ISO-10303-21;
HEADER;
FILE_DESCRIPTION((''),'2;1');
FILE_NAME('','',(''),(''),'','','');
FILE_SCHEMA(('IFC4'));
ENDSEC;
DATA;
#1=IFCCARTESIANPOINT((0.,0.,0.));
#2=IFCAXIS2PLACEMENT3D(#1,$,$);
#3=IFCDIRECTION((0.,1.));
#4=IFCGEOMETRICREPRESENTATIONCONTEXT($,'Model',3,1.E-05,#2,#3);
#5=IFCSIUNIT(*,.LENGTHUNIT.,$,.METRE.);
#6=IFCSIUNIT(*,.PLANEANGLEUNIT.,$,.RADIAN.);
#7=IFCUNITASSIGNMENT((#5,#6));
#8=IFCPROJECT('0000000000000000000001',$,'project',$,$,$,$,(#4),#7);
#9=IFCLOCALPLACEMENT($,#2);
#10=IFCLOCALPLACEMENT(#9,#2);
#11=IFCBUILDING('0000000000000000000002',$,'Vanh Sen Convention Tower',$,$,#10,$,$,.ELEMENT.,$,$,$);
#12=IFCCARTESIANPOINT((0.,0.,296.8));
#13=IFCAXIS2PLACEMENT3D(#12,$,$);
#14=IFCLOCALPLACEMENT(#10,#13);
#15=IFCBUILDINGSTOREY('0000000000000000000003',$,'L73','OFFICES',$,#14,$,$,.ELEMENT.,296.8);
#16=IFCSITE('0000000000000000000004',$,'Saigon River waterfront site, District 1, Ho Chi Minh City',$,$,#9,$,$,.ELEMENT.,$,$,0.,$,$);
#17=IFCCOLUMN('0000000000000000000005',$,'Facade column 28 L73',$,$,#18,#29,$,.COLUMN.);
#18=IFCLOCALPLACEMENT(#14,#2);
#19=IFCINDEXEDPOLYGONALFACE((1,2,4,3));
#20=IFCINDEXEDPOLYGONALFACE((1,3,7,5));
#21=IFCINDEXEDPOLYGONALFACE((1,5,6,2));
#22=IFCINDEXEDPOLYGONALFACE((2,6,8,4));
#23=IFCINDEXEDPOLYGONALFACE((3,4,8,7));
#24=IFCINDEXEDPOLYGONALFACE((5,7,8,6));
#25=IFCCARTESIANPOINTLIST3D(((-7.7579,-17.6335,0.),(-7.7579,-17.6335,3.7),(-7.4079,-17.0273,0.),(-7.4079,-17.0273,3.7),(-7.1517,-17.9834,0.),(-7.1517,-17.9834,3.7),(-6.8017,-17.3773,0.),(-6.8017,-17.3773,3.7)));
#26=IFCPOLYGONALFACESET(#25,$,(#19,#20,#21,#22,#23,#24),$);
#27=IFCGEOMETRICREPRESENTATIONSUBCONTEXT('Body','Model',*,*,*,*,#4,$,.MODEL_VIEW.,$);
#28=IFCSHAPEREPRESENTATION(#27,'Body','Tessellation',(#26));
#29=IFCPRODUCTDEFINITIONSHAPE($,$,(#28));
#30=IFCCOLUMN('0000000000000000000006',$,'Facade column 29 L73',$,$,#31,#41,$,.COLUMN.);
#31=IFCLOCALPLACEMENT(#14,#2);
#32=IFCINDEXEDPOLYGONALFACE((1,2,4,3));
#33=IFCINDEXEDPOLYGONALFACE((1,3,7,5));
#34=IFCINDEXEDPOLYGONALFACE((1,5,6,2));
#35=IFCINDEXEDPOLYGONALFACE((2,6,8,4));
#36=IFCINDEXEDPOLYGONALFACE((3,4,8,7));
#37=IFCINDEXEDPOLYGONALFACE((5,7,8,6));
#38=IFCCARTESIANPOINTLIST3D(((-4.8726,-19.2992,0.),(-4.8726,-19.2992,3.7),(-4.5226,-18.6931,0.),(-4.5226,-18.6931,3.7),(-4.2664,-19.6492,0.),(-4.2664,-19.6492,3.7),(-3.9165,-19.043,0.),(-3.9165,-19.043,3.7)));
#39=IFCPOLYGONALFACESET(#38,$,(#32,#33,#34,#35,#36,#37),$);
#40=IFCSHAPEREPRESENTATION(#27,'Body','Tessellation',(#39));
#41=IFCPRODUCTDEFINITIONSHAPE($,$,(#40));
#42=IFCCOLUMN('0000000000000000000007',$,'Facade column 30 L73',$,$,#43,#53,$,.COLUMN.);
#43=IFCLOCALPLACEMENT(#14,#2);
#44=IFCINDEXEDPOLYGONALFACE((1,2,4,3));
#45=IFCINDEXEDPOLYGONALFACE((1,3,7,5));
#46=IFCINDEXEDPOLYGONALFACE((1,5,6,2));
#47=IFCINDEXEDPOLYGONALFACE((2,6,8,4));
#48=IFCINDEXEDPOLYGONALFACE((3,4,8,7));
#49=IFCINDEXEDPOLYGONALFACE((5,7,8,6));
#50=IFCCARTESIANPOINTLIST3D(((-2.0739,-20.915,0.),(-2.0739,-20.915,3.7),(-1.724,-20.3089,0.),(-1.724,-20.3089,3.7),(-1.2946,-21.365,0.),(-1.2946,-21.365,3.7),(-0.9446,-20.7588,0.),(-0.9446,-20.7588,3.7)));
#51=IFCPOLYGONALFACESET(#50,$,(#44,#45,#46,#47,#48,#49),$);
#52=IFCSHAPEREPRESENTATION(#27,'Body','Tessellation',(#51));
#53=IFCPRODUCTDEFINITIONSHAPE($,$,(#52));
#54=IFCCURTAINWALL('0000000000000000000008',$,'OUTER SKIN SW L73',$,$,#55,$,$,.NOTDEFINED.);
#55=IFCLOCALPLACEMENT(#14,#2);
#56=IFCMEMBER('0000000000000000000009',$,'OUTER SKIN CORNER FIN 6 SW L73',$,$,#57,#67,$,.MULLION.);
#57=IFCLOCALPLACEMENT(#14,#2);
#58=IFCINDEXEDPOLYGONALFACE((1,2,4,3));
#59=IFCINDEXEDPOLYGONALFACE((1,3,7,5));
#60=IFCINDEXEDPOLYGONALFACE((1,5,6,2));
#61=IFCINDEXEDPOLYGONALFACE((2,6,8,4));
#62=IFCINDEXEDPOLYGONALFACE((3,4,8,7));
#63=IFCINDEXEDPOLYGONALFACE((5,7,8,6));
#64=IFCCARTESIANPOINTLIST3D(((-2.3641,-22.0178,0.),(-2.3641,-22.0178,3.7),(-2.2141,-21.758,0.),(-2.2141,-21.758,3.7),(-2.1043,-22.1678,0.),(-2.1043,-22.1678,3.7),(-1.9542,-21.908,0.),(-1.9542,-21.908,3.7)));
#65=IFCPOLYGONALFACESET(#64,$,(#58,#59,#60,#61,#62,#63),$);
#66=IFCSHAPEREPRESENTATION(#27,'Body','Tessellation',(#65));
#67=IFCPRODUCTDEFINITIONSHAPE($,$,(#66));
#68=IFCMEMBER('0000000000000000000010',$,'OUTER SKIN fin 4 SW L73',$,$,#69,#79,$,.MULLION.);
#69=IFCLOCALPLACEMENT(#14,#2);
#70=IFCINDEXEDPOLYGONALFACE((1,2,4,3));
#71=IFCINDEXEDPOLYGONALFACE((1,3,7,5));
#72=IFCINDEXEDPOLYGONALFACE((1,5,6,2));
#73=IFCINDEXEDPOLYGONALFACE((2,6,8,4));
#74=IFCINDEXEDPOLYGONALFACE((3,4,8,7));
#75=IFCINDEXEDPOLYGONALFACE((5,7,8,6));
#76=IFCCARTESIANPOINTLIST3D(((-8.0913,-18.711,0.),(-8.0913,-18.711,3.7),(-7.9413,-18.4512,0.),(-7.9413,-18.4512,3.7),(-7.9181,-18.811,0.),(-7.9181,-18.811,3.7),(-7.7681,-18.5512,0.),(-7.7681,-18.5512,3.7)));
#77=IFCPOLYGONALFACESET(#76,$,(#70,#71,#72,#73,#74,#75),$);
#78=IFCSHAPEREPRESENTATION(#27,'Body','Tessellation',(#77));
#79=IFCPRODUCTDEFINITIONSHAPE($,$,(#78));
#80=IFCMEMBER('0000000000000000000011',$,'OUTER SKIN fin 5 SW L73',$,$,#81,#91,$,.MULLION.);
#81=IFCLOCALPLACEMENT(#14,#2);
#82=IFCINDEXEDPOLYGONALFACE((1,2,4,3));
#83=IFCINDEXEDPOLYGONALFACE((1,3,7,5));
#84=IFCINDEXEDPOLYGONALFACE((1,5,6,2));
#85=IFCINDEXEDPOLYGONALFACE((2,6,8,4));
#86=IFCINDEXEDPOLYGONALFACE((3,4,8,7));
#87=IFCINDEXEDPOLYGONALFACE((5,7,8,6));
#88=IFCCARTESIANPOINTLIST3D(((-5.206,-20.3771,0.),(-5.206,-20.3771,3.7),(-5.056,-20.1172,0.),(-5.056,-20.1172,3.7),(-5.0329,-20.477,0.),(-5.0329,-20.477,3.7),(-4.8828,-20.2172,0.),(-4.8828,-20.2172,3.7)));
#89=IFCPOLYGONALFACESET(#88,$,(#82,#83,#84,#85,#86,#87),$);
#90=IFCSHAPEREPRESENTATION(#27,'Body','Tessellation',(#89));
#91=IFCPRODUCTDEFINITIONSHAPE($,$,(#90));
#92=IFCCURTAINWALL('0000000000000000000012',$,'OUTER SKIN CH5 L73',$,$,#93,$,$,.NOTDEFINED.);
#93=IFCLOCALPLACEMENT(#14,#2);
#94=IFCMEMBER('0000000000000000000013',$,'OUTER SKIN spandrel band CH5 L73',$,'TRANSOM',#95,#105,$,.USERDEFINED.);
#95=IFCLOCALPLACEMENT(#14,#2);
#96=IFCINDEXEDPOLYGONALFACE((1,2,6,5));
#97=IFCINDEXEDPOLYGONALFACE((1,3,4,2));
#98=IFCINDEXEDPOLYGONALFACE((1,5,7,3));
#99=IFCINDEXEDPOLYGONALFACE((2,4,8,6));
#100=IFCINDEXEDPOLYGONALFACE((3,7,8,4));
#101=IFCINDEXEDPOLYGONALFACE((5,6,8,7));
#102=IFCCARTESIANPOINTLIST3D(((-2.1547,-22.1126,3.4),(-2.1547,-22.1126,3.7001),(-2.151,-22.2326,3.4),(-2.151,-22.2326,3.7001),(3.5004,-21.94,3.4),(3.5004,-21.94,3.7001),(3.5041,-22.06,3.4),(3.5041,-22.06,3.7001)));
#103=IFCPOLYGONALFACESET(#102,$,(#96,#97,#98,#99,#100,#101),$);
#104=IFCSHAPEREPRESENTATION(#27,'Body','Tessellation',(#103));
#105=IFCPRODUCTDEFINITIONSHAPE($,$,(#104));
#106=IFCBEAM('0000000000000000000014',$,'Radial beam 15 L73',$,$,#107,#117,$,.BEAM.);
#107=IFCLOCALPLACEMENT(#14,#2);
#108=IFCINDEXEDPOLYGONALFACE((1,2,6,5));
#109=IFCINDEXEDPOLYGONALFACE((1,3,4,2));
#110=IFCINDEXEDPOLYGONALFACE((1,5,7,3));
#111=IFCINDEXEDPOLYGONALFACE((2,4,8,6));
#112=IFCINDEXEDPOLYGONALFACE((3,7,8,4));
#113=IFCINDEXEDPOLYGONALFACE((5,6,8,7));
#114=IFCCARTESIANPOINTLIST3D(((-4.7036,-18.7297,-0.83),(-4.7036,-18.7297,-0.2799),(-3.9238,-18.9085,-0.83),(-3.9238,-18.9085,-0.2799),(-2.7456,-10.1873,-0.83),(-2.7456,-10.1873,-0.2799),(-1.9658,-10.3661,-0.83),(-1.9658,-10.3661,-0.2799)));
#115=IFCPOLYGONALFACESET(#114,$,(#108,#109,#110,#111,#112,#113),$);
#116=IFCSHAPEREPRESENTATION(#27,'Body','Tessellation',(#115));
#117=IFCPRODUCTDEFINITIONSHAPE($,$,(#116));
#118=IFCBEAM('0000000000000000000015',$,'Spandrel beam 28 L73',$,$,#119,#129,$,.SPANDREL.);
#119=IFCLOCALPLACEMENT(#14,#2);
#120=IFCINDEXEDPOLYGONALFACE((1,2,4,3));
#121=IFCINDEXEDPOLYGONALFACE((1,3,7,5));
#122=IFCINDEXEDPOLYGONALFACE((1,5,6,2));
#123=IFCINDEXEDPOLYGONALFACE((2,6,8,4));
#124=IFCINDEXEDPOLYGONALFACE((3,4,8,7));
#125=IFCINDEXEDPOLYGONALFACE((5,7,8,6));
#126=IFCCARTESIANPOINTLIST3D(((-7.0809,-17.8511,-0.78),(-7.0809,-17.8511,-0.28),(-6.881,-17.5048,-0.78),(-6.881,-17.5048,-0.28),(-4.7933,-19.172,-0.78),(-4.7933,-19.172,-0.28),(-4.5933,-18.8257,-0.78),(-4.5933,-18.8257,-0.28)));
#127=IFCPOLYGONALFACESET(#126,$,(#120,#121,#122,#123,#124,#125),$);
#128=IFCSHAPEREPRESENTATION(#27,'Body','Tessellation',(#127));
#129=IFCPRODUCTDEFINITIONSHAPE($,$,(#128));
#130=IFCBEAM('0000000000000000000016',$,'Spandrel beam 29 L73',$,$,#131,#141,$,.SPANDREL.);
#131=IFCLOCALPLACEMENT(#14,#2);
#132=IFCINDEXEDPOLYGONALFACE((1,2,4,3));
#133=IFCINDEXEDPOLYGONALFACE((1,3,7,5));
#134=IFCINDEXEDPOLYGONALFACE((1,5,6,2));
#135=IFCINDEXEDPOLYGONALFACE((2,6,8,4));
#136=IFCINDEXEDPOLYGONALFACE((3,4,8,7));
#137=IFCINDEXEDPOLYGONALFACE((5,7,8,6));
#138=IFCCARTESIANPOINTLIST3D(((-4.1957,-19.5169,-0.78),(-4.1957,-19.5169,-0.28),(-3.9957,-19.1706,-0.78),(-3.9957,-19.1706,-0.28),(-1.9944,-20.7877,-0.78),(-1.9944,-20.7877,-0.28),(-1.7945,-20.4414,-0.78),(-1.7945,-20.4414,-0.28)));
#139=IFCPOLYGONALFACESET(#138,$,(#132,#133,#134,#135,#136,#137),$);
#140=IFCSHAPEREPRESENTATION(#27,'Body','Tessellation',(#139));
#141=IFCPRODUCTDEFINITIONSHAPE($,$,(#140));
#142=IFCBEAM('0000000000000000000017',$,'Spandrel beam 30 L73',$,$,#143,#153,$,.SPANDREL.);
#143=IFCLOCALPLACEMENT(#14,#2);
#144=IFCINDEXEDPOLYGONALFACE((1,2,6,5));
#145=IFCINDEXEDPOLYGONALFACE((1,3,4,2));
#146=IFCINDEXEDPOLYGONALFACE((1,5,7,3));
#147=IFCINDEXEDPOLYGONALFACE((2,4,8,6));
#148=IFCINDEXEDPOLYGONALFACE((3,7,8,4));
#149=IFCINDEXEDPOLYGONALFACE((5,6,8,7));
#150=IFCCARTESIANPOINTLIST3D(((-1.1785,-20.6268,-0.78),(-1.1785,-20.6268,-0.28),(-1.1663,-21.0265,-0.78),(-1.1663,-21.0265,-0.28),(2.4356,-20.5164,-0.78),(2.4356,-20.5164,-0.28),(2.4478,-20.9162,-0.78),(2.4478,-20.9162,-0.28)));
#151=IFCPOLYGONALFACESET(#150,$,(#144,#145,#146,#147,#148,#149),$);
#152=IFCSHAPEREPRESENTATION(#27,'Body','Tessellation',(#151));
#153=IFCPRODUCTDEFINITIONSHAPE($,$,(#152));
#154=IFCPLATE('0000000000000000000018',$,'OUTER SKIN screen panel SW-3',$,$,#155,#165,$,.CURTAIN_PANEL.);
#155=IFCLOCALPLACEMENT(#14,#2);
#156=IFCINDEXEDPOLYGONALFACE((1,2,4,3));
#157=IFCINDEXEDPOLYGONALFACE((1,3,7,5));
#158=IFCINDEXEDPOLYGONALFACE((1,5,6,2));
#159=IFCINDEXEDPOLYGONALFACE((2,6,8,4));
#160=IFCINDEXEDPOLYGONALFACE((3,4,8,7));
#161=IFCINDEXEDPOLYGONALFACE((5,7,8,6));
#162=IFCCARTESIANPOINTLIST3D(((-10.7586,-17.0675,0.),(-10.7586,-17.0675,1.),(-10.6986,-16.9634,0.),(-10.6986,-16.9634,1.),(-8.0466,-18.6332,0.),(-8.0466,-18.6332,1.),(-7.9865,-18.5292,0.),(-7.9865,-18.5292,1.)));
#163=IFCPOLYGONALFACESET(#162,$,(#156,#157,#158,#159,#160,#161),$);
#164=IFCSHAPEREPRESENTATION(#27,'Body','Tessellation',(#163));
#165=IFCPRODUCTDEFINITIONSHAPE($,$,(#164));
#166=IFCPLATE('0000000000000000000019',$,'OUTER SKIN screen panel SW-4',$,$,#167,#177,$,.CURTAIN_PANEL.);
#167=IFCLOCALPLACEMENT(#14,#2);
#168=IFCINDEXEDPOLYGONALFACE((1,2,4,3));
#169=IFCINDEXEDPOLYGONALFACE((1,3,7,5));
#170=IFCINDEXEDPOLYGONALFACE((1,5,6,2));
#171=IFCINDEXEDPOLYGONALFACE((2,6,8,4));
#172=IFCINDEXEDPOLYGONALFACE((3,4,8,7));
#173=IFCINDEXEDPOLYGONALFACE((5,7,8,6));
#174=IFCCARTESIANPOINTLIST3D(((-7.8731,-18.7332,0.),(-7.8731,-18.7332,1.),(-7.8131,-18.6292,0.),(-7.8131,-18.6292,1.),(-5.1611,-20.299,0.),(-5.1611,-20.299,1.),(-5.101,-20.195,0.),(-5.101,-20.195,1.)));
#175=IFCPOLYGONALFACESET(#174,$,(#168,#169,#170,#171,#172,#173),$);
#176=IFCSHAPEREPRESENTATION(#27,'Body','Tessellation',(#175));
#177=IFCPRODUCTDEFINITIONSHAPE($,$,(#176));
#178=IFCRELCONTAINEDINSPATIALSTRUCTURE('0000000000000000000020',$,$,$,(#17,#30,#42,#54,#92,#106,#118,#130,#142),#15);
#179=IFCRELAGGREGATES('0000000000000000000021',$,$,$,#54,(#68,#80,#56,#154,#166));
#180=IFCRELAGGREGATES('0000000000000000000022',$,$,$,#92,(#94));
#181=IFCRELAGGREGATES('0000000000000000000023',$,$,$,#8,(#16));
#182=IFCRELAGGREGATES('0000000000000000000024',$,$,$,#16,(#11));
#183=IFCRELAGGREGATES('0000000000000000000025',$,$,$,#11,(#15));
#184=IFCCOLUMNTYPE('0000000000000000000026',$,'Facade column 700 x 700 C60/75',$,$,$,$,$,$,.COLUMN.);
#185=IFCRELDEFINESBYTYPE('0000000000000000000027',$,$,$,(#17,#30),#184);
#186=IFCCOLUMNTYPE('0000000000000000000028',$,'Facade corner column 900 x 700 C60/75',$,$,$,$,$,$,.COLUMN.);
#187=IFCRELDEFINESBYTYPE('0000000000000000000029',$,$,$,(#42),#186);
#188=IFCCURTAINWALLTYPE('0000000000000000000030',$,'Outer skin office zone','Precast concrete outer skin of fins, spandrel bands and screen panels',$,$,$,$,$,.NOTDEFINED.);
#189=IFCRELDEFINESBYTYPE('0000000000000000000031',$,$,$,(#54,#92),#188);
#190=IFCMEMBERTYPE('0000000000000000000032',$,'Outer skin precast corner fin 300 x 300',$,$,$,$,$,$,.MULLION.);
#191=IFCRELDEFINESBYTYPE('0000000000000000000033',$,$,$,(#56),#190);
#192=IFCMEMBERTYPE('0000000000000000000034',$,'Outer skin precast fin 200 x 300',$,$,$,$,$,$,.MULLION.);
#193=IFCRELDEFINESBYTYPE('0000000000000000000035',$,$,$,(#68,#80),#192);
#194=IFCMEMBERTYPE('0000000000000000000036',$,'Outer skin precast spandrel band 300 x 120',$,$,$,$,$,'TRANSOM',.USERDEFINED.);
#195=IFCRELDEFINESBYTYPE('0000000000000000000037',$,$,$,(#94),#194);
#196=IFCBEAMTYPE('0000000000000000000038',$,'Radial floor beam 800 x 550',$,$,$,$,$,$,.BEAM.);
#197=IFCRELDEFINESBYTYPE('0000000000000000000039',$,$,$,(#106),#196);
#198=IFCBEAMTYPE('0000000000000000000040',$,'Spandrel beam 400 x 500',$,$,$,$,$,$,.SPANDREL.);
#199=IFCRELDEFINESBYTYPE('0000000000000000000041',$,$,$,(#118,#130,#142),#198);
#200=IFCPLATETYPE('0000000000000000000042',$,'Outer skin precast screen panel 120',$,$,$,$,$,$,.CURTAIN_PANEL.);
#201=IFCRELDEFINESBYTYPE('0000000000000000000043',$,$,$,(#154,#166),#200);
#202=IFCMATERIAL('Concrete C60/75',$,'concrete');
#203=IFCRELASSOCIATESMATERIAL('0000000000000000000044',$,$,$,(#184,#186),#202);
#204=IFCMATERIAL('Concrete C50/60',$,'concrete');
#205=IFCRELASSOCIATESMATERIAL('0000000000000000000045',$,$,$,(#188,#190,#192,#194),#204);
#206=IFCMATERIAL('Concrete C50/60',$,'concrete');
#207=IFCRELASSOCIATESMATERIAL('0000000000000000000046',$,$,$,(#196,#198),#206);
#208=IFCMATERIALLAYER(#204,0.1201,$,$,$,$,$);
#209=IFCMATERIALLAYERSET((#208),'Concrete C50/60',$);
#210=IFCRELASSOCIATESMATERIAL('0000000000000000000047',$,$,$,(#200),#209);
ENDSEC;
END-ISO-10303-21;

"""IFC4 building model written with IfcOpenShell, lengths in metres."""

from ifc_helpers import new_model, si_unit, direction, frame, origin, origin_2d, place, context, subcontext, project, spatial, rectangle, extrude, material, layer, layer_set, material_profile, profile_set, type_object, element, aggregate, save


model = new_model("IFC4")

# Units and contexts
model_context = context("Model", 3, precision=1e-05, world=origin(), true_north=direction((0.0, 1.0)))
body_context = subcontext(model_context, "Body", "Model", "MODEL_VIEW")
ifc_project = project(units=[si_unit("LENGTHUNIT", "METRE"), si_unit("PLANEANGLEUNIT", "RADIAN")], contexts=[model_context])

# Site, building, storey
site_placement = place(None, origin())
site = spatial("IfcSite", under=ifc_project, at=site_placement, Name="Saigon River waterfront site, District 1, Ho Chi Minh City", CompositionType="ELEMENT", RefElevation=0.0)
building_placement = place(site_placement, origin())
building = spatial("IfcBuilding", under=site, at=building_placement, Name="Vanh Sen Convention Tower", CompositionType="ELEMENT")
storey_placement = place(building_placement, frame((0.0, 0.0, 296.8)))
storey = spatial("IfcBuildingStorey", under=building, at=storey_placement, Name="L73", Description="OFFICES", CompositionType="ELEMENT", Elevation=296.8)

# Columns
ifc_material_1 = material(Name="Concrete C60/75", Category="concrete")
ifc_material_profile_1 = material_profile(ifc_material_1, rectangle(XDim=0.7, YDim=0.7, at=origin_2d()), Name="RC 700X700")
ifc_profile_set_1 = profile_set([ifc_material_profile_1], Name="Concrete C60/75")
column_type_1 = type_object("IfcColumnType", Name="Facade column 700 x 700 C60/75", PredefinedType="COLUMN", material=ifc_profile_set_1)
for number, where, z_axis, x_axis, name in (
    (1, (-7.2798, -17.5054, 0.0), (0.0, 0.0, 1.0), (0.866025, -0.5, 0.0), "Facade column 28 L73"),
    (2, (-4.3945, -19.1711, 0.0), (0.0, 0.0, 1.0), (0.866025, -0.5, 0.0), "Facade column 29 L73"),
):
    element("IfcColumn", number, at=place(storey_placement, frame(where, z_axis=z_axis, x_axis=x_axis)), inside=storey, type_object=column_type_1, Name=name, PredefinedType="COLUMN", context=body_context, shape_type="SweptSolid", body=[
        extrude(rectangle(XDim=0.7, YDim=0.7, at=origin_2d()), origin(), (0.0, 0.0, 1.0), 3.7),
    ])
ifc_material_profile_2 = material_profile(ifc_material_1, rectangle(XDim=0.8999, YDim=0.7, at=origin_2d()), Name="RC 900X700")
ifc_profile_set_2 = profile_set([ifc_material_profile_2], Name="Concrete C60/75")
column_type_2 = type_object("IfcColumnType", Name="Facade corner column 900 x 700 C60/75", PredefinedType="COLUMN", material=ifc_profile_set_2)
column_placement = place(storey_placement, frame((-1.5093, -20.8369, 0.0), z_axis=(0.0, 0.0, 1.0), x_axis=(0.866025, -0.5, 0.0)))
element("IfcColumn", 3, at=column_placement, inside=storey, type_object=column_type_2, Name="Facade column 30 L73", PredefinedType="COLUMN", context=body_context, shape_type="SweptSolid", body=[
    extrude(rectangle(XDim=0.8999, YDim=0.7, at=origin_2d()), origin(), (0.0, 0.0, 1.0), 3.7),
])

# Curtain wall, members
ifc_material_2 = material(Name="Concrete C50/60", Category="concrete")
curtain_wall_type = type_object("IfcCurtainWallType", Name="Outer skin office zone", Description="Precast concrete outer skin of fins, spandrel bands and screen panels", PredefinedType="NOTDEFINED", material=ifc_material_2)
curtain_wall_1_placement = place(storey_placement, origin())
curtain_wall_1 = element("IfcCurtainWall", 4, at=curtain_wall_1_placement, inside=storey, type_object=curtain_wall_type, Name="OUTER SKIN SW L73", PredefinedType="NOTDEFINED")
ifc_material_profile_3 = material_profile(ifc_material_2, rectangle(XDim=0.3, YDim=0.3, at=origin_2d()), Name="Outer skin precast corner fin 300 x 300")
ifc_profile_set_3 = profile_set([ifc_material_profile_3], Name="Concrete C50/60")
member_type_1 = type_object("IfcMemberType", Name="Outer skin precast corner fin 300 x 300", PredefinedType="MULLION", material=ifc_profile_set_3)
member_1_placement = place(storey_placement, frame((-2.1592, -21.9629, 0.0), z_axis=(0.0, 0.0, 1.0), x_axis=(0.866025, -0.5, 0.0)))
member_1 = element("IfcMember", 5, at=member_1_placement, type_object=member_type_1, Name="OUTER SKIN CORNER FIN 6 SW L73", PredefinedType="MULLION", context=body_context, shape_type="SweptSolid", body=[
    extrude(rectangle(XDim=0.3, YDim=0.3, at=origin_2d()), origin(), (0.0, 0.0, 1.0), 3.7),
])
ifc_material_profile_4 = material_profile(ifc_material_2, rectangle(XDim=0.2, YDim=0.3, at=origin_2d()), Name="Outer skin precast fin 200 x 300")
ifc_profile_set_4 = profile_set([ifc_material_profile_4], Name="Concrete C50/60")
member_type_2 = type_object("IfcMemberType", Name="Outer skin precast fin 200 x 300", PredefinedType="MULLION", material=ifc_profile_set_4)
member_2_placement = place(storey_placement, frame((-7.9297, -18.6311, 0.0), z_axis=(0.0, 0.0, 1.0), x_axis=(0.866025, -0.5, 0.0)))
member_2 = element("IfcMember", 6, at=member_2_placement, type_object=member_type_2, Name="OUTER SKIN fin 4 SW L73", PredefinedType="MULLION", context=body_context, shape_type="SweptSolid", body=[
    extrude(rectangle(XDim=0.2, YDim=0.3, at=origin_2d()), origin(), (0.0, 0.0, 1.0), 3.7),
])
member_3_placement = place(storey_placement, frame((-5.0444, -20.2971, 0.0), z_axis=(0.0, 0.0, 1.0), x_axis=(0.866025, -0.5, 0.0)))
member_3 = element("IfcMember", 7, at=member_3_placement, type_object=member_type_2, Name="OUTER SKIN fin 5 SW L73", PredefinedType="MULLION", context=body_context, shape_type="SweptSolid", body=[
    extrude(rectangle(XDim=0.2, YDim=0.3, at=origin_2d()), origin(), (0.0, 0.0, 1.0), 3.7),
])

# Curtain wall, member
curtain_wall_2_placement = place(storey_placement, origin())
curtain_wall_2 = element("IfcCurtainWall", 8, at=curtain_wall_2_placement, inside=storey, type_object=curtain_wall_type, Name="OUTER SKIN CH5 L73", PredefinedType="NOTDEFINED")
ifc_material_profile_5 = material_profile(ifc_material_2, rectangle(XDim=0.1201, YDim=0.3, at=origin_2d()), Name="Outer skin precast spandrel band 300 x 120")
ifc_profile_set_5 = profile_set([ifc_material_profile_5], Name="Concrete C50/60")
member_type_3 = type_object("IfcMemberType", Name="Outer skin precast spandrel band 300 x 120", ElementType="TRANSOM", PredefinedType="USERDEFINED", material=ifc_profile_set_5)
member_4_placement = place(storey_placement, frame((-2.1528, -22.1726, 3.55), z_axis=(0.999535, 0.030509, 0.0), x_axis=(-0.030509, 0.999535, 0.0)))
member_4 = element("IfcMember", 9, at=member_4_placement, type_object=member_type_3, Name="OUTER SKIN spandrel band CH5 L73", ObjectType="TRANSOM", PredefinedType="USERDEFINED", context=body_context, shape_type="SweptSolid", body=[
    extrude(rectangle(XDim=0.1201, YDim=0.3, at=origin_2d()), origin(), (0.0, 0.0, 1.0), 5.6577),
])

# Beams
ifc_material_3 = material(Name="Concrete C50/60", Category="concrete")
ifc_material_profile_6 = material_profile(ifc_material_3, rectangle(XDim=0.8, YDim=0.55, at=origin_2d()), Name="RC 800X550")
ifc_profile_set_6 = profile_set([ifc_material_profile_6], Name="Concrete C50/60")
beam_type_1 = type_object("IfcBeamType", Name="Radial floor beam 800 x 550", PredefinedType="BEAM", material=ifc_profile_set_6)
beam_1_placement = place(storey_placement, frame((-4.3137, -18.8191, -0.5549), z_axis=(0.223415, 0.974723, 0.0), x_axis=(-0.974723, 0.223415, 0.0)))
element("IfcBeam", 10, at=beam_1_placement, inside=storey, type_object=beam_type_1, Name="Radial beam 15 L73", PredefinedType="BEAM", context=body_context, shape_type="SweptSolid", body=[
    extrude(rectangle(XDim=0.8, YDim=0.55, at=origin_2d()), origin(), (0.0, 0.0, 1.0), 8.7639),
])
ifc_material_profile_7 = material_profile(ifc_material_3, rectangle(XDim=0.3999, YDim=0.5, at=origin_2d()), Name="RC 400X500")
ifc_profile_set_7 = profile_set([ifc_material_profile_7], Name="Concrete C50/60")
beam_type_2 = type_object("IfcBeamType", Name="Spandrel beam 400 x 500", PredefinedType="SPANDREL", material=ifc_profile_set_7)
beam_2_placement = place(storey_placement, frame((-6.981, -17.678, -0.53), z_axis=(0.866016, -0.500016, 0.0), x_axis=(0.500016, 0.866016, 0.0)))
element("IfcBeam", 11, at=beam_2_placement, inside=storey, type_object=beam_type_2, Name="Spandrel beam 28 L73", PredefinedType="SPANDREL", context=body_context, shape_type="SweptSolid", body=[
    extrude(rectangle(XDim=0.3999, YDim=0.5, at=origin_2d()), origin(), (0.0, 0.0, 1.0), 2.6416),
])
beam_3_placement = place(storey_placement, frame((-4.0957, -19.3438, -0.53), z_axis=(0.866042, -0.499972, 0.0), x_axis=(0.499972, 0.866042, 0.0)))
element("IfcBeam", 12, at=beam_3_placement, inside=storey, type_object=beam_type_2, Name="Spandrel beam 29 L73", PredefinedType="SPANDREL", context=body_context, shape_type="SweptSolid", body=[
    extrude(rectangle(XDim=0.3999, YDim=0.5, at=origin_2d()), origin(), (0.0, 0.0, 1.0), 2.5417),
])
beam_4_placement = place(storey_placement, frame((-1.1724, -20.8267, -0.53), z_axis=(0.999534, 0.03052, 0.0), x_axis=(-0.03052, 0.999534, 0.0)))
element("IfcBeam", 13, at=beam_4_placement, inside=storey, type_object=beam_type_2, Name="Spandrel beam 30 L73", PredefinedType="SPANDREL", context=body_context, shape_type="SweptSolid", body=[
    extrude(rectangle(XDim=0.3999, YDim=0.5, at=origin_2d()), origin(), (0.0, 0.0, 1.0), 3.6157),
])

# Plates
ifc_layer_1 = layer(ifc_material_2, 0.1201)
ifc_layer_set_1 = layer_set([ifc_layer_1], Name="Concrete C50/60")
plate_type = type_object("IfcPlateType", Name="Outer skin precast screen panel 120", PredefinedType="CURTAIN_PANEL", material=ifc_layer_set_1)
plate_1_placement = place(storey_placement, frame((-9.3726, -17.7983, 0.0), z_axis=(0.0, 0.0, 1.0), x_axis=(0.866029, -0.499994, 0.0)))
plate_1 = element("IfcPlate", 14, at=plate_1_placement, type_object=plate_type, Name="OUTER SKIN screen panel SW-3", PredefinedType="CURTAIN_PANEL", context=body_context, shape_type="SweptSolid", body=[
    extrude(rectangle(XDim=3.1316, YDim=0.1201, at=origin_2d()), origin(), (0.0, 0.0, 1.0), 1.0),
])
plate_2_placement = place(storey_placement, frame((-6.4871, -19.4641, 0.0), z_axis=(0.0, 0.0, 1.0), x_axis=(0.866029, -0.499994, 0.0)))
plate_2 = element("IfcPlate", 15, at=plate_2_placement, type_object=plate_type, Name="OUTER SKIN screen panel SW-4", PredefinedType="CURTAIN_PANEL", context=body_context, shape_type="SweptSolid", body=[
    extrude(rectangle(XDim=3.1316, YDim=0.1201, at=origin_2d()), origin(), (0.0, 0.0, 1.0), 1.0),
])
aggregate(curtain_wall_1, [member_2, member_3, member_1, plate_1, plate_2])
aggregate(curtain_wall_2, [member_4])

save(model, "model.ifc")
